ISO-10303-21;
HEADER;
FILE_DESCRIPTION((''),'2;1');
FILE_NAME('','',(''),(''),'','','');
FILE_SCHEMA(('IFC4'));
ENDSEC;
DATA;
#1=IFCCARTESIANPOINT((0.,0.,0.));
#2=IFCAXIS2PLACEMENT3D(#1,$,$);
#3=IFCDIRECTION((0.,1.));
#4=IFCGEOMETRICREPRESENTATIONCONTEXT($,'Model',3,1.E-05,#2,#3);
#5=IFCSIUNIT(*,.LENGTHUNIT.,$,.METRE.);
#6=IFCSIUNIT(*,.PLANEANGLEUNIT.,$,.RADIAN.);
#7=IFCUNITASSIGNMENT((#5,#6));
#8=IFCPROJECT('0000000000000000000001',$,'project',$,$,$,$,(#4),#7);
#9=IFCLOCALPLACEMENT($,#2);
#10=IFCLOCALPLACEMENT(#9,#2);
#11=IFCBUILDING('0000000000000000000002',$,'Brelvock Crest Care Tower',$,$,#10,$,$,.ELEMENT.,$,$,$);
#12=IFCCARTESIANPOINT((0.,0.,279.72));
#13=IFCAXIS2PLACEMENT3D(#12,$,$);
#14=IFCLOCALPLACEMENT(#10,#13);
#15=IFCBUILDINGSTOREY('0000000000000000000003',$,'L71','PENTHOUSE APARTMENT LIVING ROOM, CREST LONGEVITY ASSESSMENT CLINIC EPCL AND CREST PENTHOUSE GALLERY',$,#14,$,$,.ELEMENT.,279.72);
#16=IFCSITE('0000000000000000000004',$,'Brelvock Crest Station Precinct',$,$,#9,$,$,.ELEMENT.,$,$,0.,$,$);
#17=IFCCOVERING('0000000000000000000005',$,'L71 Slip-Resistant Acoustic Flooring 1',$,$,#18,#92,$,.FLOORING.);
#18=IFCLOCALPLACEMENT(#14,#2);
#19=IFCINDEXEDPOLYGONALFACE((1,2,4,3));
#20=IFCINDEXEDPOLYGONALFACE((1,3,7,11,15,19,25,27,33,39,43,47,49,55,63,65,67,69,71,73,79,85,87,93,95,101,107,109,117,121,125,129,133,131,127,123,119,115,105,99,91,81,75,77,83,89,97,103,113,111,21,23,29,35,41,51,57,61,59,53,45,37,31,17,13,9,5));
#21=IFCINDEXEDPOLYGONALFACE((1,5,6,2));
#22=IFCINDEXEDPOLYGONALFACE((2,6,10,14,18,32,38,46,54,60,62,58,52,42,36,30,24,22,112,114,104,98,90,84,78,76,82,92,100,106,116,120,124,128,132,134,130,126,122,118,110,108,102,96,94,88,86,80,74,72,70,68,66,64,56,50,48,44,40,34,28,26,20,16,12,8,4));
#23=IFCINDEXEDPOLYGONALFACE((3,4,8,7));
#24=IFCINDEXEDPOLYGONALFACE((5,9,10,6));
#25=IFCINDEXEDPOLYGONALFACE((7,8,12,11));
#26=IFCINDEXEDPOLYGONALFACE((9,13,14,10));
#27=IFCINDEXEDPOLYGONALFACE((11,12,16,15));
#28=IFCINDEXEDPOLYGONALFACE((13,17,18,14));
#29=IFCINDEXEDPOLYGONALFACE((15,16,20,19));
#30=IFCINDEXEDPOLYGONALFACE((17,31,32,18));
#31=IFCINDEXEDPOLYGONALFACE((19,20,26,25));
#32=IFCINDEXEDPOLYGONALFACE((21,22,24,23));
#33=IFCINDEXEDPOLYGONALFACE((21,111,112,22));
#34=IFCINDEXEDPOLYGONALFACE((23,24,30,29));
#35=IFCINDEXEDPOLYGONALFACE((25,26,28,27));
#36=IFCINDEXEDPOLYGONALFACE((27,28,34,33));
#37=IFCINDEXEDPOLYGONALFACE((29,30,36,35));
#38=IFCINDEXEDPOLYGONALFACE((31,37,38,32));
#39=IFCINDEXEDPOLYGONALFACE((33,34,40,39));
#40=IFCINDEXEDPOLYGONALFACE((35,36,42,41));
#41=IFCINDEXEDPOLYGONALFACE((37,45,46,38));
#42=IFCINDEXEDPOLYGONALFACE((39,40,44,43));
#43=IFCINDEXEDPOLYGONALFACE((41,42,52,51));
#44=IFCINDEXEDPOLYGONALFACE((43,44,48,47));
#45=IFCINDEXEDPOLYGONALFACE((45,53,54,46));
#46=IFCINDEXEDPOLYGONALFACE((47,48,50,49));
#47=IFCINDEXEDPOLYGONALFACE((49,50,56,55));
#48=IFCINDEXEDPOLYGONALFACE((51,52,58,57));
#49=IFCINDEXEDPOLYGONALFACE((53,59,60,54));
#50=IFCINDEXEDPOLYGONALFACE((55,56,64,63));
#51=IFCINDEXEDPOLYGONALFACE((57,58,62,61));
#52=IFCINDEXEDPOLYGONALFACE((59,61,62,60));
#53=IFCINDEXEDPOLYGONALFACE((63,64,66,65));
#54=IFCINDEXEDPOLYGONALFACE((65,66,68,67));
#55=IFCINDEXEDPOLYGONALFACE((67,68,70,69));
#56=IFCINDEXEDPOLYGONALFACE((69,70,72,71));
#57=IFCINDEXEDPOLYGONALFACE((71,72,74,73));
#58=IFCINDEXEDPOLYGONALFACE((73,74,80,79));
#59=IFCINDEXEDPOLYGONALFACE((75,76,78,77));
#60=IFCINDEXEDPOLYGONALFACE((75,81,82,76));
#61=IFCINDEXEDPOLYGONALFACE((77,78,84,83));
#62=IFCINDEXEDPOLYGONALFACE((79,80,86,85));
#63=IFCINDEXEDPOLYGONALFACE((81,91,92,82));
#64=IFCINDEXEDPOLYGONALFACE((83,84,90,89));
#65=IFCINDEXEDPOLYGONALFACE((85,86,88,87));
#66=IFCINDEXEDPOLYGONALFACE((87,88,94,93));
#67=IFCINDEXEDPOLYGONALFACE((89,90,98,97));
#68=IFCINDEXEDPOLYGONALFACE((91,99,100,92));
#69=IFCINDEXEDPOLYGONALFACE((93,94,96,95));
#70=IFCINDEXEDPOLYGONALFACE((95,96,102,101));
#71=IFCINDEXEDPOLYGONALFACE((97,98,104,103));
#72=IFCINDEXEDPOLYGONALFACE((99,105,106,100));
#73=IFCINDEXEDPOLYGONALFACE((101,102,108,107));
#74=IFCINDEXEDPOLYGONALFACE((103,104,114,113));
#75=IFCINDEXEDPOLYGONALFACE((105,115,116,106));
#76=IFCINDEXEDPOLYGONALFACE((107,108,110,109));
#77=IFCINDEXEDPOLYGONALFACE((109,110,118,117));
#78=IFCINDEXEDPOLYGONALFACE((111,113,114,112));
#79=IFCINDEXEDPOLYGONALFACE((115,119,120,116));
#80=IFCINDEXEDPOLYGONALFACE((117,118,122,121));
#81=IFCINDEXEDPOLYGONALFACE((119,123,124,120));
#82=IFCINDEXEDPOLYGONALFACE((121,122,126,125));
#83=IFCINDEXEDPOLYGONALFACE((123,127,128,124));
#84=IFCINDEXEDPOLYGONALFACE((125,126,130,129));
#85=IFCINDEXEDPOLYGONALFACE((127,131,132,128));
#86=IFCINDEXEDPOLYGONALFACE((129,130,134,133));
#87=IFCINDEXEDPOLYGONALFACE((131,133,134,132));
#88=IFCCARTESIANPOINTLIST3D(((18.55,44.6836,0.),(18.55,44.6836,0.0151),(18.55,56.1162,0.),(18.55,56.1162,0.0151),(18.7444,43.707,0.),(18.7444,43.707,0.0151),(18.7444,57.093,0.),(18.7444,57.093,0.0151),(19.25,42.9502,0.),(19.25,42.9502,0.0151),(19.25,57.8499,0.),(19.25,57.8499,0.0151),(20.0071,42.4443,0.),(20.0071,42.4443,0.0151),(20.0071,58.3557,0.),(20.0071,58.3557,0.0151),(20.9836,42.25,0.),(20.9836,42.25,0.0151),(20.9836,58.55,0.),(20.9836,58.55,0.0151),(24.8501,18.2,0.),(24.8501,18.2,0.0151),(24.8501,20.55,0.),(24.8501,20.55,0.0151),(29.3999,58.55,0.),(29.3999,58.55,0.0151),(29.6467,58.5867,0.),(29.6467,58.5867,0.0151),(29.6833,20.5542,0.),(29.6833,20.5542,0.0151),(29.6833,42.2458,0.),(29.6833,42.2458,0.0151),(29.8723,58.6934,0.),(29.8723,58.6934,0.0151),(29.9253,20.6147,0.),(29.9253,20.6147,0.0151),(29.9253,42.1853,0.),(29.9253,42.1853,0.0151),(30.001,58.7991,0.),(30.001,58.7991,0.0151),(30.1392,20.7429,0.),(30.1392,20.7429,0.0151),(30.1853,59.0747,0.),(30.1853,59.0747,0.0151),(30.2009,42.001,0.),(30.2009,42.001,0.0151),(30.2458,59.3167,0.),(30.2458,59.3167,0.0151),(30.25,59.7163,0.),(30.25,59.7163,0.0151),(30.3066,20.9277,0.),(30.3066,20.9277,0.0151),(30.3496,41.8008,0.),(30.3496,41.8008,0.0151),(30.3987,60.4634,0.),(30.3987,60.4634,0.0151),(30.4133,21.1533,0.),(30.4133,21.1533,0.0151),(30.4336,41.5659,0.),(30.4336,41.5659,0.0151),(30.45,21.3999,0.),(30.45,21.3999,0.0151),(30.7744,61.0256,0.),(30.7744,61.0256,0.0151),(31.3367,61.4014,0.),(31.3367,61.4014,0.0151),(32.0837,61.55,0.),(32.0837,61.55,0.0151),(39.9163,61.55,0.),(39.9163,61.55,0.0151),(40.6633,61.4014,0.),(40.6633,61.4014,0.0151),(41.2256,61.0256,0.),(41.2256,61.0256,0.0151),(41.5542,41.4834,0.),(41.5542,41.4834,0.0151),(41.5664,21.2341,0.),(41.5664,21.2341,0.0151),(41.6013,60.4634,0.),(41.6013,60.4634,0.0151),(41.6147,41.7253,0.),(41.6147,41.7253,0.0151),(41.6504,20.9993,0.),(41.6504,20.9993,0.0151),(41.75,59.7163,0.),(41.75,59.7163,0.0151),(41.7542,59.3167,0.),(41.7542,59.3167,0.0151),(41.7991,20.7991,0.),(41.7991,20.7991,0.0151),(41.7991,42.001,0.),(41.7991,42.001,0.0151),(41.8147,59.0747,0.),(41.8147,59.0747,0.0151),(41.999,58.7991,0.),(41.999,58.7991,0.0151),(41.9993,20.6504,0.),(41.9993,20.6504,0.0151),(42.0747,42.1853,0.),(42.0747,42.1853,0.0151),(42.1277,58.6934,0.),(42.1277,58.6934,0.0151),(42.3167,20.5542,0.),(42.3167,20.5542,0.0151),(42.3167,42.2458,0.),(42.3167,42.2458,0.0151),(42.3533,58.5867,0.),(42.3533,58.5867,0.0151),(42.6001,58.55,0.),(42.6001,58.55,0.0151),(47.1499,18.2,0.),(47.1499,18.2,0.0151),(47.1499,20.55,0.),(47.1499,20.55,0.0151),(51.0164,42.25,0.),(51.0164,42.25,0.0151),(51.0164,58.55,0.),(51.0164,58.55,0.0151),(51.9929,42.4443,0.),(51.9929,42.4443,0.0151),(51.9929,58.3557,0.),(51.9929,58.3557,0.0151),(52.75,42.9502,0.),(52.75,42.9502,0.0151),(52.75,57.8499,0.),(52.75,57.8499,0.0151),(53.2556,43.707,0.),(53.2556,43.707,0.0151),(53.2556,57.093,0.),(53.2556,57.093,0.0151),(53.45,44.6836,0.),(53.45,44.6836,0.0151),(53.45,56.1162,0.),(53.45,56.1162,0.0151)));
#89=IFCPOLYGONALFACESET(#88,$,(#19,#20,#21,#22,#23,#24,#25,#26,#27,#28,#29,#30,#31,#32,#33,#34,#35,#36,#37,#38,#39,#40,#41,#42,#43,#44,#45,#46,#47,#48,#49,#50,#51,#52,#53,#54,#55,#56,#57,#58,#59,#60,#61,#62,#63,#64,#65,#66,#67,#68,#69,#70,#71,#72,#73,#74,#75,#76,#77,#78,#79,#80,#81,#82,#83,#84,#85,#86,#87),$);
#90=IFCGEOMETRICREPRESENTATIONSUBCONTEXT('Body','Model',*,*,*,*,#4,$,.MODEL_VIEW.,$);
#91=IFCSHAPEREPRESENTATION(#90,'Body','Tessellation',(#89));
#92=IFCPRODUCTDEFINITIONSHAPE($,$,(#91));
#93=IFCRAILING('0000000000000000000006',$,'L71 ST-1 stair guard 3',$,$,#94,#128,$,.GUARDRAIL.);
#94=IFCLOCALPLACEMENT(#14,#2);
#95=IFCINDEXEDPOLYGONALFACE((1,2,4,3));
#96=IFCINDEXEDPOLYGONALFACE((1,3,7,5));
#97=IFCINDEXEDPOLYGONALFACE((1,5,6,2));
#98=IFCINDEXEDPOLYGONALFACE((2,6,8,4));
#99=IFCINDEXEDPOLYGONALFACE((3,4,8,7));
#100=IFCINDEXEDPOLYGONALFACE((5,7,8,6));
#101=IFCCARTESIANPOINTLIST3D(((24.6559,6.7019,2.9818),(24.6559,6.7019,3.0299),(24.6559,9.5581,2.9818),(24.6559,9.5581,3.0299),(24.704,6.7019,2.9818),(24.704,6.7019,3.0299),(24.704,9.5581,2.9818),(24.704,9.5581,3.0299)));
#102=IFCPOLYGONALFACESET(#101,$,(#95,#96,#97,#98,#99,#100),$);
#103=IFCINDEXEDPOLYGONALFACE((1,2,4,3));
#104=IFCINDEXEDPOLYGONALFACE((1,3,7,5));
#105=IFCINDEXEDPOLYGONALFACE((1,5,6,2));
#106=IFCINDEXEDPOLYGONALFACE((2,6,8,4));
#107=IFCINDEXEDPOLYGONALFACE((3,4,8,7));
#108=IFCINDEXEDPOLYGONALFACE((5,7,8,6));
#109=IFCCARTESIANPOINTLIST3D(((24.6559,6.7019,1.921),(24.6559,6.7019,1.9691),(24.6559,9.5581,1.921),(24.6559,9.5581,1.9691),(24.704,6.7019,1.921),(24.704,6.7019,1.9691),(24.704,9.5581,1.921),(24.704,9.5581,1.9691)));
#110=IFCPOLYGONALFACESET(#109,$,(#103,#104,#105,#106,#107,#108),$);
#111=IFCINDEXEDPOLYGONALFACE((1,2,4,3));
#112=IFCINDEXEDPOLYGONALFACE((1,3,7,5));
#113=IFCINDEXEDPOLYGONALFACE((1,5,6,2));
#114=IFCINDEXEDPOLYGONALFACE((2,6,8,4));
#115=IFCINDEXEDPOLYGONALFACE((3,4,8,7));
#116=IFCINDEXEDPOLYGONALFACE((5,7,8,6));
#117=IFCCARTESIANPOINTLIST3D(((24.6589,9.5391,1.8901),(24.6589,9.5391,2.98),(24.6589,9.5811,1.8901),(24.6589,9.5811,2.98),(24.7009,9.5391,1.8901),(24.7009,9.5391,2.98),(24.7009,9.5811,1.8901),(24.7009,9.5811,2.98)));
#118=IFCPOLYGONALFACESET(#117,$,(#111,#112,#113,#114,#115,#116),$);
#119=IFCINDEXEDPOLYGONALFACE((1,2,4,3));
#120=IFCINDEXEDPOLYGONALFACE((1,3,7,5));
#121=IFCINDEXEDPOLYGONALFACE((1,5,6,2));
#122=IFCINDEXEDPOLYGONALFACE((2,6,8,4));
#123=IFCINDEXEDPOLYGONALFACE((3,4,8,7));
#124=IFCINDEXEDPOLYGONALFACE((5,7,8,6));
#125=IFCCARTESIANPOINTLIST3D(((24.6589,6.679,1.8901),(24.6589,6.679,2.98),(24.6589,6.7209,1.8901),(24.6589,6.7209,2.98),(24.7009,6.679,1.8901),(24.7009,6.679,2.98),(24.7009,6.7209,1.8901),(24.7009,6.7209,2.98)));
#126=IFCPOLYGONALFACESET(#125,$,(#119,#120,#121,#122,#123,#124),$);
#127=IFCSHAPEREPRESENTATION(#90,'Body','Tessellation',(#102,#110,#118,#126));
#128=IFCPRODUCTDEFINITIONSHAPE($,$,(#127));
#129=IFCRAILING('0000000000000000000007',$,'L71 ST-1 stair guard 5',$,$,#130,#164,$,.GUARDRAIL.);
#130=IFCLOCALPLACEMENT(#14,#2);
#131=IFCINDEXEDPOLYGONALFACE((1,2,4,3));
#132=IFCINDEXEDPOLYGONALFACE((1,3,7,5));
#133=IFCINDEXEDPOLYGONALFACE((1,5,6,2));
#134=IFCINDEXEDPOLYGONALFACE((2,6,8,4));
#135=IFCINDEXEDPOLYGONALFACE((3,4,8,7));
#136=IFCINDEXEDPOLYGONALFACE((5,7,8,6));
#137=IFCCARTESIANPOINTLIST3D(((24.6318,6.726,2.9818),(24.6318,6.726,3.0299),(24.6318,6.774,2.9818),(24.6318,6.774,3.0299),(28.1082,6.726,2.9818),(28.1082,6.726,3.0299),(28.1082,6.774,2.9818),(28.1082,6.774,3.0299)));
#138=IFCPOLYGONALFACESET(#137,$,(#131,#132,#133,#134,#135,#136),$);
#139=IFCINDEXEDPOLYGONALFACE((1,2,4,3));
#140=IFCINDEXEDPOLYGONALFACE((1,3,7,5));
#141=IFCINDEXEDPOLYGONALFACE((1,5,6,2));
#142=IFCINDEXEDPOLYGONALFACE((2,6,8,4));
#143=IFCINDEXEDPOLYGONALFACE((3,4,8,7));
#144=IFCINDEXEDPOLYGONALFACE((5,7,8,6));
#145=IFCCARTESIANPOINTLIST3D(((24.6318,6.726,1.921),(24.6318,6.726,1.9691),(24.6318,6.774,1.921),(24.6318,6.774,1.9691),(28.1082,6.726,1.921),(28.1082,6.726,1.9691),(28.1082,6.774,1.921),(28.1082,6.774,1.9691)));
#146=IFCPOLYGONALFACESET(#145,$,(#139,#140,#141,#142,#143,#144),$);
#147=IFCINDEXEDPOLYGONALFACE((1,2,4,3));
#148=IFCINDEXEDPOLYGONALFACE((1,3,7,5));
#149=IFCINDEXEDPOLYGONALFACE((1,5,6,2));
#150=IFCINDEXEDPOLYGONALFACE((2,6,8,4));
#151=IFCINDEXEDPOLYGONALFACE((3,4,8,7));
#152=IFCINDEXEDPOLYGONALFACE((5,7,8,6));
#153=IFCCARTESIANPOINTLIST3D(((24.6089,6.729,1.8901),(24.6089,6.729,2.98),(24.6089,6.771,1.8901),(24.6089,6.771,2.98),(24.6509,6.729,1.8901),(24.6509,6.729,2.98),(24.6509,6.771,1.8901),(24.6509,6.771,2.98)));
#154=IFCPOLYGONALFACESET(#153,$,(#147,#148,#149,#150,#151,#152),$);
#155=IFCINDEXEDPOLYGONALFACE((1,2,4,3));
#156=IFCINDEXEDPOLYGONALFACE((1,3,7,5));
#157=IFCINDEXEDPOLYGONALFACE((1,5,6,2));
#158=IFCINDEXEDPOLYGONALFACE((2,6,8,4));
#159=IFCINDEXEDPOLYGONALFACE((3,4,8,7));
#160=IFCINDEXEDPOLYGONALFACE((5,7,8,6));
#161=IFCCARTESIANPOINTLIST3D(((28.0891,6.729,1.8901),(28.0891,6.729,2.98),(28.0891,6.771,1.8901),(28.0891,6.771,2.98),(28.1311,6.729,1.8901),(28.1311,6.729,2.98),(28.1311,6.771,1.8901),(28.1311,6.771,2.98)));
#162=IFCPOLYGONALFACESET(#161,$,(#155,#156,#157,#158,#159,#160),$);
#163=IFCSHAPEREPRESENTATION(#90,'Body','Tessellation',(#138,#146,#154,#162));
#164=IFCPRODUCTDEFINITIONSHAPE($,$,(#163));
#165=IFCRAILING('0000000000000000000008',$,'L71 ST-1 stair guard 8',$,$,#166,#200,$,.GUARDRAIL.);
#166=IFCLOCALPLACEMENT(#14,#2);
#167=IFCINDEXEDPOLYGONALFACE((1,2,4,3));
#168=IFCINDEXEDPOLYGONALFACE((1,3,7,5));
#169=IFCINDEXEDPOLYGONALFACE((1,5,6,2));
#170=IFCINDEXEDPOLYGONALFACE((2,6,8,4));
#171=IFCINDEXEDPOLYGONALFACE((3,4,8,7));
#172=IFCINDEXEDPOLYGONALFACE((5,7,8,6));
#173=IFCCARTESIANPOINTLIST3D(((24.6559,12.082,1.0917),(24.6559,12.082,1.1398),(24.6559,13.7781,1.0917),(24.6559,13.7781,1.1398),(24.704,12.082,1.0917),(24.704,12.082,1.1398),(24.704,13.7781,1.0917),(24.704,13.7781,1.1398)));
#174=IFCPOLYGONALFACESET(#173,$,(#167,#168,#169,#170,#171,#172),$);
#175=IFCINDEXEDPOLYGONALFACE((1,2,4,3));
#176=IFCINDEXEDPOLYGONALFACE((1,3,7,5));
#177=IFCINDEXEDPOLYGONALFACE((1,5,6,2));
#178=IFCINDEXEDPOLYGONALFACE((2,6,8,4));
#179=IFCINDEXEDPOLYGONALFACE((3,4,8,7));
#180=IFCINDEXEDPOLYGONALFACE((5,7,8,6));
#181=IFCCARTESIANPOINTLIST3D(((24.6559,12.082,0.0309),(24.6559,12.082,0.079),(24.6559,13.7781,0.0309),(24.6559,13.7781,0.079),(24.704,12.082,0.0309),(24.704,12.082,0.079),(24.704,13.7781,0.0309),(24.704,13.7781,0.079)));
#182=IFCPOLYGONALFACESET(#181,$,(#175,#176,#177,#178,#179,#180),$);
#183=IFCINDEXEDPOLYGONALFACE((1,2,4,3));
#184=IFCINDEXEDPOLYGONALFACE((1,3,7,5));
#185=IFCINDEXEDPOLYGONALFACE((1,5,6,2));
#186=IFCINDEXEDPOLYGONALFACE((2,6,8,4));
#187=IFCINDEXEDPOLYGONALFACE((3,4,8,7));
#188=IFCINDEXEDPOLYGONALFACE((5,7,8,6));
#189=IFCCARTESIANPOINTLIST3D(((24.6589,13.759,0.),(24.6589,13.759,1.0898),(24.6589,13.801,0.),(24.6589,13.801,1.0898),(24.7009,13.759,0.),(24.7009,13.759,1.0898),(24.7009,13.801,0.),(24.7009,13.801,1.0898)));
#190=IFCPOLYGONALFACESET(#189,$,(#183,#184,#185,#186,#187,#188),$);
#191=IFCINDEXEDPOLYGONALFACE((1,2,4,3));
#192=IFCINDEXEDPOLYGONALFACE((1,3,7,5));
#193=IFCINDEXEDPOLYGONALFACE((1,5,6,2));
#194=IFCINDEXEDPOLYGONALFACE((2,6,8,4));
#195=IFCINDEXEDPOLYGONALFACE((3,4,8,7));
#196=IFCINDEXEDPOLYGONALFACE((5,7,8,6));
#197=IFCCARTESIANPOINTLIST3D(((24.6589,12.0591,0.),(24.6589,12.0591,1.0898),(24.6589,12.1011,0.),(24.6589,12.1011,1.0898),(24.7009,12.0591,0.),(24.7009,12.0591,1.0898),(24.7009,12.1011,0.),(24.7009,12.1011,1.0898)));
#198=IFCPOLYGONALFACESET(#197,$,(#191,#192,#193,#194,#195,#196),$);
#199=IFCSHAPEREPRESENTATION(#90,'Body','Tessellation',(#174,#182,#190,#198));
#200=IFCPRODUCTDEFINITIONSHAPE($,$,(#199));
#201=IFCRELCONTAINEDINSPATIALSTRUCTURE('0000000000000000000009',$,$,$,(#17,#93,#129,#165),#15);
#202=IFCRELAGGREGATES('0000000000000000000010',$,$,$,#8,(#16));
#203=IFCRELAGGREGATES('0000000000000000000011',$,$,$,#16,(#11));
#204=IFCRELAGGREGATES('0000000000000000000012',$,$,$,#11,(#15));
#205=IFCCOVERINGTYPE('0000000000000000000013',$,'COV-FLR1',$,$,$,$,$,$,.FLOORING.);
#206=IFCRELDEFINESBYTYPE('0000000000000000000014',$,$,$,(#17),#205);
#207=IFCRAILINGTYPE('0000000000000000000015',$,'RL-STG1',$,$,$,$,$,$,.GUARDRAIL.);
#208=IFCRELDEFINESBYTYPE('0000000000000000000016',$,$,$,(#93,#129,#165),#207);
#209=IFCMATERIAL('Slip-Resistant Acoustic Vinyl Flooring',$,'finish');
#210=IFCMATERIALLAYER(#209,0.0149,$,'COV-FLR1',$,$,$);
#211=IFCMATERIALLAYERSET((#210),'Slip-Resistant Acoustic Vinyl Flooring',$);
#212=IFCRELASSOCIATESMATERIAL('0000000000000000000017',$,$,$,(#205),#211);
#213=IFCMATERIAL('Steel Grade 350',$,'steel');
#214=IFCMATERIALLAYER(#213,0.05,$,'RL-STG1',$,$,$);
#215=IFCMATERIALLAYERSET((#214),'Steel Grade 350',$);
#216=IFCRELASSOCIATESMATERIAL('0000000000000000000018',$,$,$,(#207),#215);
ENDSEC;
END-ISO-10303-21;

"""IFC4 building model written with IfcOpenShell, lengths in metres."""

from ifc_helpers import new_model, si_unit, direction, frame, origin, origin_2d, place, context, subcontext, project, spatial, polyline, rectangle, outline, extrude, material, layer, layer_set, type_object, element, save


model = new_model("IFC4")

# Units and contexts
model_context = context("Model", 3, precision=1e-05, world=origin(), true_north=direction((0.0, 1.0)))
body_context = subcontext(model_context, "Body", "Model", "MODEL_VIEW")
ifc_project = project(units=[si_unit("LENGTHUNIT", "METRE"), si_unit("PLANEANGLEUNIT", "RADIAN")], contexts=[model_context])

# Site, building, storey
site_placement = place(None, origin())
site = spatial("IfcSite", under=ifc_project, at=site_placement, Name="Brelvock Crest Station Precinct", CompositionType="ELEMENT", RefElevation=0.0)
building_placement = place(site_placement, origin())
building = spatial("IfcBuilding", under=site, at=building_placement, Name="Brelvock Crest Care Tower", CompositionType="ELEMENT")
storey_placement = place(building_placement, frame((0.0, 0.0, 279.72)))
storey = spatial("IfcBuildingStorey", under=building, at=storey_placement, Name="L71", Description="PENTHOUSE APARTMENT LIVING ROOM, CREST LONGEVITY ASSESSMENT CLINIC EPCL AND CREST PENTHOUSE GALLERY", CompositionType="ELEMENT", Elevation=279.72)

# Shared definitions
ifc_material_1 = material(Name="Steel Grade 350", Category="steel")

# Covering
ifc_material_2 = material(Name="Slip-Resistant Acoustic Vinyl Flooring", Category="finish")
ifc_layer_1 = layer(ifc_material_2, 0.0149, Name="COV-FLR1")
ifc_layer_set_1 = layer_set([ifc_layer_1], Name="Slip-Resistant Acoustic Vinyl Flooring")
covering_type_1 = type_object("IfcCoveringType", Name="COV-FLR1", PredefinedType="FLOORING", material=ifc_layer_set_1)
covering_1_placement = place(storey_placement, origin())
element("IfcCovering", 1, at=covering_1_placement, inside=storey, type_object=covering_type_1, Name="L71 Slip-Resistant Acoustic Flooring 1", PredefinedType="FLOORING", context=body_context, shape_type="SweptSolid", body=[
    extrude(outline(polyline([(24.8501, 18.2), (47.1499, 18.2), (47.1499, 20.55), (42.3167, 20.5542), (41.9993, 20.6504), (41.7991, 20.7991), (41.6504, 20.9993), (41.5664, 21.2341), (41.5542, 41.4834), (41.6147, 41.7253), (41.7991, 42.001), (42.0747, 42.1853), (42.3167, 42.2458), (51.0164, 42.25), (51.9929, 42.4443), (52.75, 42.9502), (53.2556, 43.707), (53.45, 44.6836), (53.45, 56.1162), (53.2556, 57.093), (52.75, 57.8499), (51.9929, 58.3557), (51.0164, 58.55), (42.6001, 58.55), (42.3533, 58.5867), (42.1277, 58.6934), (41.999, 58.7991), (41.8147, 59.0747), (41.7542, 59.3167), (41.75, 59.7163), (41.6013, 60.4634), (41.2256, 61.0256), (40.6633, 61.4014), (39.9163, 61.55), (32.0837, 61.55), (31.3367, 61.4014), (30.7744, 61.0256), (30.3987, 60.4634), (30.25, 59.7163), (30.2458, 59.3167), (30.1853, 59.0747), (30.001, 58.7991), (29.8723, 58.6934), (29.6467, 58.5867), (29.3999, 58.55), (20.9836, 58.55), (20.0071, 58.3557), (19.25, 57.8499), (18.7444, 57.093), (18.55, 56.1162), (18.55, 44.6836), (18.7444, 43.707), (19.25, 42.9502), (20.0071, 42.4443), (20.9836, 42.25), (29.6833, 42.2458), (29.9253, 42.1853), (30.2009, 42.001), (30.3496, 41.8008), (30.4336, 41.5659), (30.45, 21.3999), (30.4133, 21.1533), (30.3066, 20.9277), (30.1392, 20.7429), (29.9253, 20.6147), (29.6833, 20.5542), (24.8501, 20.55), (24.8501, 18.2)])), origin(), (0.0, 0.0, 1.0), 0.0151),
])

# Railings
ifc_layer_2 = layer(ifc_material_1, 0.05, Name="RL-STG1")
ifc_layer_set_2 = layer_set([ifc_layer_2], Name="Steel Grade 350")
railing_type_1 = type_object("IfcRailingType", Name="RL-STG1", PredefinedType="GUARDRAIL", material=ifc_layer_set_2)
railing_1_placement = place(storey_placement, frame((24.6799, 9.5601, 1.8901)))
element("IfcRailing", 2, at=railing_1_placement, inside=storey, type_object=railing_type_1, Name="L71 ST-1 stair guard 3", PredefinedType="GUARDRAIL", context=body_context, shape_type="SweptSolid", body=[
    extrude(rectangle(XDim=0.0481, YDim=0.0481, at=origin_2d()), frame((0.0, -0.002, 1.1157), z_axis=(0.0, -1.0, 0.0), x_axis=(1.0, 0.0, 0.0)), (0.0, 0.0, 1.0), 2.8562),
    extrude(rectangle(XDim=0.0481, YDim=0.0481, at=origin_2d()), frame((0.0, -0.002, 0.0549), z_axis=(0.0, -1.0, 0.0), x_axis=(1.0, 0.0, 0.0)), (0.0, 0.0, 1.0), 2.8562),
    extrude(rectangle(XDim=0.042, YDim=0.042, at=origin_2d()), origin(), (0.0, 0.0, 1.0), 1.0898),
    extrude(rectangle(XDim=0.042, YDim=0.042, at=origin_2d()), frame((0.0, -2.8601, 0.0)), (0.0, 0.0, 1.0), 1.0898),
])
railing_2_placement = place(storey_placement, frame((24.6299, 6.75, 1.8901)))
element("IfcRailing", 3, at=railing_2_placement, inside=storey, type_object=railing_type_1, Name="L71 ST-1 stair guard 5", PredefinedType="GUARDRAIL", context=body_context, shape_type="SweptSolid", body=[
    extrude(rectangle(XDim=0.0481, YDim=0.0481, at=origin_2d()), frame((0.002, 0.0, 1.1157), z_axis=(1.0, 0.0, 0.0), x_axis=(0.0, 1.0, 0.0)), (0.0, 0.0, 1.0), 3.4763),
    extrude(rectangle(XDim=0.0481, YDim=0.0481, at=origin_2d()), frame((0.002, 0.0, 0.0549), z_axis=(1.0, 0.0, 0.0), x_axis=(0.0, 1.0, 0.0)), (0.0, 0.0, 1.0), 3.4763),
    extrude(rectangle(XDim=0.042, YDim=0.042, at=origin_2d()), origin(), (0.0, 0.0, 1.0), 1.0898),
    extrude(rectangle(XDim=0.042, YDim=0.042, at=origin_2d()), frame((3.4802, 0.0, 0.0)), (0.0, 0.0, 1.0), 1.0898),
])
railing_3_placement = place(storey_placement, frame((24.6799, 13.78, 0.0)))
element("IfcRailing", 4, at=railing_3_placement, inside=storey, type_object=railing_type_1, Name="L71 ST-1 stair guard 8", PredefinedType="GUARDRAIL", context=body_context, shape_type="SweptSolid", body=[
    extrude(rectangle(XDim=0.0481, YDim=0.0481, at=origin_2d()), frame((0.0, -0.002, 1.1157), z_axis=(0.0, -1.0, 0.0), x_axis=(1.0, 0.0, 0.0)), (0.0, 0.0, 1.0), 1.696),
    extrude(rectangle(XDim=0.0481, YDim=0.0481, at=origin_2d()), frame((0.0, -0.002, 0.0549), z_axis=(0.0, -1.0, 0.0), x_axis=(1.0, 0.0, 0.0)), (0.0, 0.0, 1.0), 1.696),
    extrude(rectangle(XDim=0.042, YDim=0.042, at=origin_2d()), origin(), (0.0, 0.0, 1.0), 1.0898),
    extrude(rectangle(XDim=0.042, YDim=0.042, at=origin_2d()), frame((0.0, -1.7, 0.0)), (0.0, 0.0, 1.0), 1.0898),
])

save(model, "model.ifc")
